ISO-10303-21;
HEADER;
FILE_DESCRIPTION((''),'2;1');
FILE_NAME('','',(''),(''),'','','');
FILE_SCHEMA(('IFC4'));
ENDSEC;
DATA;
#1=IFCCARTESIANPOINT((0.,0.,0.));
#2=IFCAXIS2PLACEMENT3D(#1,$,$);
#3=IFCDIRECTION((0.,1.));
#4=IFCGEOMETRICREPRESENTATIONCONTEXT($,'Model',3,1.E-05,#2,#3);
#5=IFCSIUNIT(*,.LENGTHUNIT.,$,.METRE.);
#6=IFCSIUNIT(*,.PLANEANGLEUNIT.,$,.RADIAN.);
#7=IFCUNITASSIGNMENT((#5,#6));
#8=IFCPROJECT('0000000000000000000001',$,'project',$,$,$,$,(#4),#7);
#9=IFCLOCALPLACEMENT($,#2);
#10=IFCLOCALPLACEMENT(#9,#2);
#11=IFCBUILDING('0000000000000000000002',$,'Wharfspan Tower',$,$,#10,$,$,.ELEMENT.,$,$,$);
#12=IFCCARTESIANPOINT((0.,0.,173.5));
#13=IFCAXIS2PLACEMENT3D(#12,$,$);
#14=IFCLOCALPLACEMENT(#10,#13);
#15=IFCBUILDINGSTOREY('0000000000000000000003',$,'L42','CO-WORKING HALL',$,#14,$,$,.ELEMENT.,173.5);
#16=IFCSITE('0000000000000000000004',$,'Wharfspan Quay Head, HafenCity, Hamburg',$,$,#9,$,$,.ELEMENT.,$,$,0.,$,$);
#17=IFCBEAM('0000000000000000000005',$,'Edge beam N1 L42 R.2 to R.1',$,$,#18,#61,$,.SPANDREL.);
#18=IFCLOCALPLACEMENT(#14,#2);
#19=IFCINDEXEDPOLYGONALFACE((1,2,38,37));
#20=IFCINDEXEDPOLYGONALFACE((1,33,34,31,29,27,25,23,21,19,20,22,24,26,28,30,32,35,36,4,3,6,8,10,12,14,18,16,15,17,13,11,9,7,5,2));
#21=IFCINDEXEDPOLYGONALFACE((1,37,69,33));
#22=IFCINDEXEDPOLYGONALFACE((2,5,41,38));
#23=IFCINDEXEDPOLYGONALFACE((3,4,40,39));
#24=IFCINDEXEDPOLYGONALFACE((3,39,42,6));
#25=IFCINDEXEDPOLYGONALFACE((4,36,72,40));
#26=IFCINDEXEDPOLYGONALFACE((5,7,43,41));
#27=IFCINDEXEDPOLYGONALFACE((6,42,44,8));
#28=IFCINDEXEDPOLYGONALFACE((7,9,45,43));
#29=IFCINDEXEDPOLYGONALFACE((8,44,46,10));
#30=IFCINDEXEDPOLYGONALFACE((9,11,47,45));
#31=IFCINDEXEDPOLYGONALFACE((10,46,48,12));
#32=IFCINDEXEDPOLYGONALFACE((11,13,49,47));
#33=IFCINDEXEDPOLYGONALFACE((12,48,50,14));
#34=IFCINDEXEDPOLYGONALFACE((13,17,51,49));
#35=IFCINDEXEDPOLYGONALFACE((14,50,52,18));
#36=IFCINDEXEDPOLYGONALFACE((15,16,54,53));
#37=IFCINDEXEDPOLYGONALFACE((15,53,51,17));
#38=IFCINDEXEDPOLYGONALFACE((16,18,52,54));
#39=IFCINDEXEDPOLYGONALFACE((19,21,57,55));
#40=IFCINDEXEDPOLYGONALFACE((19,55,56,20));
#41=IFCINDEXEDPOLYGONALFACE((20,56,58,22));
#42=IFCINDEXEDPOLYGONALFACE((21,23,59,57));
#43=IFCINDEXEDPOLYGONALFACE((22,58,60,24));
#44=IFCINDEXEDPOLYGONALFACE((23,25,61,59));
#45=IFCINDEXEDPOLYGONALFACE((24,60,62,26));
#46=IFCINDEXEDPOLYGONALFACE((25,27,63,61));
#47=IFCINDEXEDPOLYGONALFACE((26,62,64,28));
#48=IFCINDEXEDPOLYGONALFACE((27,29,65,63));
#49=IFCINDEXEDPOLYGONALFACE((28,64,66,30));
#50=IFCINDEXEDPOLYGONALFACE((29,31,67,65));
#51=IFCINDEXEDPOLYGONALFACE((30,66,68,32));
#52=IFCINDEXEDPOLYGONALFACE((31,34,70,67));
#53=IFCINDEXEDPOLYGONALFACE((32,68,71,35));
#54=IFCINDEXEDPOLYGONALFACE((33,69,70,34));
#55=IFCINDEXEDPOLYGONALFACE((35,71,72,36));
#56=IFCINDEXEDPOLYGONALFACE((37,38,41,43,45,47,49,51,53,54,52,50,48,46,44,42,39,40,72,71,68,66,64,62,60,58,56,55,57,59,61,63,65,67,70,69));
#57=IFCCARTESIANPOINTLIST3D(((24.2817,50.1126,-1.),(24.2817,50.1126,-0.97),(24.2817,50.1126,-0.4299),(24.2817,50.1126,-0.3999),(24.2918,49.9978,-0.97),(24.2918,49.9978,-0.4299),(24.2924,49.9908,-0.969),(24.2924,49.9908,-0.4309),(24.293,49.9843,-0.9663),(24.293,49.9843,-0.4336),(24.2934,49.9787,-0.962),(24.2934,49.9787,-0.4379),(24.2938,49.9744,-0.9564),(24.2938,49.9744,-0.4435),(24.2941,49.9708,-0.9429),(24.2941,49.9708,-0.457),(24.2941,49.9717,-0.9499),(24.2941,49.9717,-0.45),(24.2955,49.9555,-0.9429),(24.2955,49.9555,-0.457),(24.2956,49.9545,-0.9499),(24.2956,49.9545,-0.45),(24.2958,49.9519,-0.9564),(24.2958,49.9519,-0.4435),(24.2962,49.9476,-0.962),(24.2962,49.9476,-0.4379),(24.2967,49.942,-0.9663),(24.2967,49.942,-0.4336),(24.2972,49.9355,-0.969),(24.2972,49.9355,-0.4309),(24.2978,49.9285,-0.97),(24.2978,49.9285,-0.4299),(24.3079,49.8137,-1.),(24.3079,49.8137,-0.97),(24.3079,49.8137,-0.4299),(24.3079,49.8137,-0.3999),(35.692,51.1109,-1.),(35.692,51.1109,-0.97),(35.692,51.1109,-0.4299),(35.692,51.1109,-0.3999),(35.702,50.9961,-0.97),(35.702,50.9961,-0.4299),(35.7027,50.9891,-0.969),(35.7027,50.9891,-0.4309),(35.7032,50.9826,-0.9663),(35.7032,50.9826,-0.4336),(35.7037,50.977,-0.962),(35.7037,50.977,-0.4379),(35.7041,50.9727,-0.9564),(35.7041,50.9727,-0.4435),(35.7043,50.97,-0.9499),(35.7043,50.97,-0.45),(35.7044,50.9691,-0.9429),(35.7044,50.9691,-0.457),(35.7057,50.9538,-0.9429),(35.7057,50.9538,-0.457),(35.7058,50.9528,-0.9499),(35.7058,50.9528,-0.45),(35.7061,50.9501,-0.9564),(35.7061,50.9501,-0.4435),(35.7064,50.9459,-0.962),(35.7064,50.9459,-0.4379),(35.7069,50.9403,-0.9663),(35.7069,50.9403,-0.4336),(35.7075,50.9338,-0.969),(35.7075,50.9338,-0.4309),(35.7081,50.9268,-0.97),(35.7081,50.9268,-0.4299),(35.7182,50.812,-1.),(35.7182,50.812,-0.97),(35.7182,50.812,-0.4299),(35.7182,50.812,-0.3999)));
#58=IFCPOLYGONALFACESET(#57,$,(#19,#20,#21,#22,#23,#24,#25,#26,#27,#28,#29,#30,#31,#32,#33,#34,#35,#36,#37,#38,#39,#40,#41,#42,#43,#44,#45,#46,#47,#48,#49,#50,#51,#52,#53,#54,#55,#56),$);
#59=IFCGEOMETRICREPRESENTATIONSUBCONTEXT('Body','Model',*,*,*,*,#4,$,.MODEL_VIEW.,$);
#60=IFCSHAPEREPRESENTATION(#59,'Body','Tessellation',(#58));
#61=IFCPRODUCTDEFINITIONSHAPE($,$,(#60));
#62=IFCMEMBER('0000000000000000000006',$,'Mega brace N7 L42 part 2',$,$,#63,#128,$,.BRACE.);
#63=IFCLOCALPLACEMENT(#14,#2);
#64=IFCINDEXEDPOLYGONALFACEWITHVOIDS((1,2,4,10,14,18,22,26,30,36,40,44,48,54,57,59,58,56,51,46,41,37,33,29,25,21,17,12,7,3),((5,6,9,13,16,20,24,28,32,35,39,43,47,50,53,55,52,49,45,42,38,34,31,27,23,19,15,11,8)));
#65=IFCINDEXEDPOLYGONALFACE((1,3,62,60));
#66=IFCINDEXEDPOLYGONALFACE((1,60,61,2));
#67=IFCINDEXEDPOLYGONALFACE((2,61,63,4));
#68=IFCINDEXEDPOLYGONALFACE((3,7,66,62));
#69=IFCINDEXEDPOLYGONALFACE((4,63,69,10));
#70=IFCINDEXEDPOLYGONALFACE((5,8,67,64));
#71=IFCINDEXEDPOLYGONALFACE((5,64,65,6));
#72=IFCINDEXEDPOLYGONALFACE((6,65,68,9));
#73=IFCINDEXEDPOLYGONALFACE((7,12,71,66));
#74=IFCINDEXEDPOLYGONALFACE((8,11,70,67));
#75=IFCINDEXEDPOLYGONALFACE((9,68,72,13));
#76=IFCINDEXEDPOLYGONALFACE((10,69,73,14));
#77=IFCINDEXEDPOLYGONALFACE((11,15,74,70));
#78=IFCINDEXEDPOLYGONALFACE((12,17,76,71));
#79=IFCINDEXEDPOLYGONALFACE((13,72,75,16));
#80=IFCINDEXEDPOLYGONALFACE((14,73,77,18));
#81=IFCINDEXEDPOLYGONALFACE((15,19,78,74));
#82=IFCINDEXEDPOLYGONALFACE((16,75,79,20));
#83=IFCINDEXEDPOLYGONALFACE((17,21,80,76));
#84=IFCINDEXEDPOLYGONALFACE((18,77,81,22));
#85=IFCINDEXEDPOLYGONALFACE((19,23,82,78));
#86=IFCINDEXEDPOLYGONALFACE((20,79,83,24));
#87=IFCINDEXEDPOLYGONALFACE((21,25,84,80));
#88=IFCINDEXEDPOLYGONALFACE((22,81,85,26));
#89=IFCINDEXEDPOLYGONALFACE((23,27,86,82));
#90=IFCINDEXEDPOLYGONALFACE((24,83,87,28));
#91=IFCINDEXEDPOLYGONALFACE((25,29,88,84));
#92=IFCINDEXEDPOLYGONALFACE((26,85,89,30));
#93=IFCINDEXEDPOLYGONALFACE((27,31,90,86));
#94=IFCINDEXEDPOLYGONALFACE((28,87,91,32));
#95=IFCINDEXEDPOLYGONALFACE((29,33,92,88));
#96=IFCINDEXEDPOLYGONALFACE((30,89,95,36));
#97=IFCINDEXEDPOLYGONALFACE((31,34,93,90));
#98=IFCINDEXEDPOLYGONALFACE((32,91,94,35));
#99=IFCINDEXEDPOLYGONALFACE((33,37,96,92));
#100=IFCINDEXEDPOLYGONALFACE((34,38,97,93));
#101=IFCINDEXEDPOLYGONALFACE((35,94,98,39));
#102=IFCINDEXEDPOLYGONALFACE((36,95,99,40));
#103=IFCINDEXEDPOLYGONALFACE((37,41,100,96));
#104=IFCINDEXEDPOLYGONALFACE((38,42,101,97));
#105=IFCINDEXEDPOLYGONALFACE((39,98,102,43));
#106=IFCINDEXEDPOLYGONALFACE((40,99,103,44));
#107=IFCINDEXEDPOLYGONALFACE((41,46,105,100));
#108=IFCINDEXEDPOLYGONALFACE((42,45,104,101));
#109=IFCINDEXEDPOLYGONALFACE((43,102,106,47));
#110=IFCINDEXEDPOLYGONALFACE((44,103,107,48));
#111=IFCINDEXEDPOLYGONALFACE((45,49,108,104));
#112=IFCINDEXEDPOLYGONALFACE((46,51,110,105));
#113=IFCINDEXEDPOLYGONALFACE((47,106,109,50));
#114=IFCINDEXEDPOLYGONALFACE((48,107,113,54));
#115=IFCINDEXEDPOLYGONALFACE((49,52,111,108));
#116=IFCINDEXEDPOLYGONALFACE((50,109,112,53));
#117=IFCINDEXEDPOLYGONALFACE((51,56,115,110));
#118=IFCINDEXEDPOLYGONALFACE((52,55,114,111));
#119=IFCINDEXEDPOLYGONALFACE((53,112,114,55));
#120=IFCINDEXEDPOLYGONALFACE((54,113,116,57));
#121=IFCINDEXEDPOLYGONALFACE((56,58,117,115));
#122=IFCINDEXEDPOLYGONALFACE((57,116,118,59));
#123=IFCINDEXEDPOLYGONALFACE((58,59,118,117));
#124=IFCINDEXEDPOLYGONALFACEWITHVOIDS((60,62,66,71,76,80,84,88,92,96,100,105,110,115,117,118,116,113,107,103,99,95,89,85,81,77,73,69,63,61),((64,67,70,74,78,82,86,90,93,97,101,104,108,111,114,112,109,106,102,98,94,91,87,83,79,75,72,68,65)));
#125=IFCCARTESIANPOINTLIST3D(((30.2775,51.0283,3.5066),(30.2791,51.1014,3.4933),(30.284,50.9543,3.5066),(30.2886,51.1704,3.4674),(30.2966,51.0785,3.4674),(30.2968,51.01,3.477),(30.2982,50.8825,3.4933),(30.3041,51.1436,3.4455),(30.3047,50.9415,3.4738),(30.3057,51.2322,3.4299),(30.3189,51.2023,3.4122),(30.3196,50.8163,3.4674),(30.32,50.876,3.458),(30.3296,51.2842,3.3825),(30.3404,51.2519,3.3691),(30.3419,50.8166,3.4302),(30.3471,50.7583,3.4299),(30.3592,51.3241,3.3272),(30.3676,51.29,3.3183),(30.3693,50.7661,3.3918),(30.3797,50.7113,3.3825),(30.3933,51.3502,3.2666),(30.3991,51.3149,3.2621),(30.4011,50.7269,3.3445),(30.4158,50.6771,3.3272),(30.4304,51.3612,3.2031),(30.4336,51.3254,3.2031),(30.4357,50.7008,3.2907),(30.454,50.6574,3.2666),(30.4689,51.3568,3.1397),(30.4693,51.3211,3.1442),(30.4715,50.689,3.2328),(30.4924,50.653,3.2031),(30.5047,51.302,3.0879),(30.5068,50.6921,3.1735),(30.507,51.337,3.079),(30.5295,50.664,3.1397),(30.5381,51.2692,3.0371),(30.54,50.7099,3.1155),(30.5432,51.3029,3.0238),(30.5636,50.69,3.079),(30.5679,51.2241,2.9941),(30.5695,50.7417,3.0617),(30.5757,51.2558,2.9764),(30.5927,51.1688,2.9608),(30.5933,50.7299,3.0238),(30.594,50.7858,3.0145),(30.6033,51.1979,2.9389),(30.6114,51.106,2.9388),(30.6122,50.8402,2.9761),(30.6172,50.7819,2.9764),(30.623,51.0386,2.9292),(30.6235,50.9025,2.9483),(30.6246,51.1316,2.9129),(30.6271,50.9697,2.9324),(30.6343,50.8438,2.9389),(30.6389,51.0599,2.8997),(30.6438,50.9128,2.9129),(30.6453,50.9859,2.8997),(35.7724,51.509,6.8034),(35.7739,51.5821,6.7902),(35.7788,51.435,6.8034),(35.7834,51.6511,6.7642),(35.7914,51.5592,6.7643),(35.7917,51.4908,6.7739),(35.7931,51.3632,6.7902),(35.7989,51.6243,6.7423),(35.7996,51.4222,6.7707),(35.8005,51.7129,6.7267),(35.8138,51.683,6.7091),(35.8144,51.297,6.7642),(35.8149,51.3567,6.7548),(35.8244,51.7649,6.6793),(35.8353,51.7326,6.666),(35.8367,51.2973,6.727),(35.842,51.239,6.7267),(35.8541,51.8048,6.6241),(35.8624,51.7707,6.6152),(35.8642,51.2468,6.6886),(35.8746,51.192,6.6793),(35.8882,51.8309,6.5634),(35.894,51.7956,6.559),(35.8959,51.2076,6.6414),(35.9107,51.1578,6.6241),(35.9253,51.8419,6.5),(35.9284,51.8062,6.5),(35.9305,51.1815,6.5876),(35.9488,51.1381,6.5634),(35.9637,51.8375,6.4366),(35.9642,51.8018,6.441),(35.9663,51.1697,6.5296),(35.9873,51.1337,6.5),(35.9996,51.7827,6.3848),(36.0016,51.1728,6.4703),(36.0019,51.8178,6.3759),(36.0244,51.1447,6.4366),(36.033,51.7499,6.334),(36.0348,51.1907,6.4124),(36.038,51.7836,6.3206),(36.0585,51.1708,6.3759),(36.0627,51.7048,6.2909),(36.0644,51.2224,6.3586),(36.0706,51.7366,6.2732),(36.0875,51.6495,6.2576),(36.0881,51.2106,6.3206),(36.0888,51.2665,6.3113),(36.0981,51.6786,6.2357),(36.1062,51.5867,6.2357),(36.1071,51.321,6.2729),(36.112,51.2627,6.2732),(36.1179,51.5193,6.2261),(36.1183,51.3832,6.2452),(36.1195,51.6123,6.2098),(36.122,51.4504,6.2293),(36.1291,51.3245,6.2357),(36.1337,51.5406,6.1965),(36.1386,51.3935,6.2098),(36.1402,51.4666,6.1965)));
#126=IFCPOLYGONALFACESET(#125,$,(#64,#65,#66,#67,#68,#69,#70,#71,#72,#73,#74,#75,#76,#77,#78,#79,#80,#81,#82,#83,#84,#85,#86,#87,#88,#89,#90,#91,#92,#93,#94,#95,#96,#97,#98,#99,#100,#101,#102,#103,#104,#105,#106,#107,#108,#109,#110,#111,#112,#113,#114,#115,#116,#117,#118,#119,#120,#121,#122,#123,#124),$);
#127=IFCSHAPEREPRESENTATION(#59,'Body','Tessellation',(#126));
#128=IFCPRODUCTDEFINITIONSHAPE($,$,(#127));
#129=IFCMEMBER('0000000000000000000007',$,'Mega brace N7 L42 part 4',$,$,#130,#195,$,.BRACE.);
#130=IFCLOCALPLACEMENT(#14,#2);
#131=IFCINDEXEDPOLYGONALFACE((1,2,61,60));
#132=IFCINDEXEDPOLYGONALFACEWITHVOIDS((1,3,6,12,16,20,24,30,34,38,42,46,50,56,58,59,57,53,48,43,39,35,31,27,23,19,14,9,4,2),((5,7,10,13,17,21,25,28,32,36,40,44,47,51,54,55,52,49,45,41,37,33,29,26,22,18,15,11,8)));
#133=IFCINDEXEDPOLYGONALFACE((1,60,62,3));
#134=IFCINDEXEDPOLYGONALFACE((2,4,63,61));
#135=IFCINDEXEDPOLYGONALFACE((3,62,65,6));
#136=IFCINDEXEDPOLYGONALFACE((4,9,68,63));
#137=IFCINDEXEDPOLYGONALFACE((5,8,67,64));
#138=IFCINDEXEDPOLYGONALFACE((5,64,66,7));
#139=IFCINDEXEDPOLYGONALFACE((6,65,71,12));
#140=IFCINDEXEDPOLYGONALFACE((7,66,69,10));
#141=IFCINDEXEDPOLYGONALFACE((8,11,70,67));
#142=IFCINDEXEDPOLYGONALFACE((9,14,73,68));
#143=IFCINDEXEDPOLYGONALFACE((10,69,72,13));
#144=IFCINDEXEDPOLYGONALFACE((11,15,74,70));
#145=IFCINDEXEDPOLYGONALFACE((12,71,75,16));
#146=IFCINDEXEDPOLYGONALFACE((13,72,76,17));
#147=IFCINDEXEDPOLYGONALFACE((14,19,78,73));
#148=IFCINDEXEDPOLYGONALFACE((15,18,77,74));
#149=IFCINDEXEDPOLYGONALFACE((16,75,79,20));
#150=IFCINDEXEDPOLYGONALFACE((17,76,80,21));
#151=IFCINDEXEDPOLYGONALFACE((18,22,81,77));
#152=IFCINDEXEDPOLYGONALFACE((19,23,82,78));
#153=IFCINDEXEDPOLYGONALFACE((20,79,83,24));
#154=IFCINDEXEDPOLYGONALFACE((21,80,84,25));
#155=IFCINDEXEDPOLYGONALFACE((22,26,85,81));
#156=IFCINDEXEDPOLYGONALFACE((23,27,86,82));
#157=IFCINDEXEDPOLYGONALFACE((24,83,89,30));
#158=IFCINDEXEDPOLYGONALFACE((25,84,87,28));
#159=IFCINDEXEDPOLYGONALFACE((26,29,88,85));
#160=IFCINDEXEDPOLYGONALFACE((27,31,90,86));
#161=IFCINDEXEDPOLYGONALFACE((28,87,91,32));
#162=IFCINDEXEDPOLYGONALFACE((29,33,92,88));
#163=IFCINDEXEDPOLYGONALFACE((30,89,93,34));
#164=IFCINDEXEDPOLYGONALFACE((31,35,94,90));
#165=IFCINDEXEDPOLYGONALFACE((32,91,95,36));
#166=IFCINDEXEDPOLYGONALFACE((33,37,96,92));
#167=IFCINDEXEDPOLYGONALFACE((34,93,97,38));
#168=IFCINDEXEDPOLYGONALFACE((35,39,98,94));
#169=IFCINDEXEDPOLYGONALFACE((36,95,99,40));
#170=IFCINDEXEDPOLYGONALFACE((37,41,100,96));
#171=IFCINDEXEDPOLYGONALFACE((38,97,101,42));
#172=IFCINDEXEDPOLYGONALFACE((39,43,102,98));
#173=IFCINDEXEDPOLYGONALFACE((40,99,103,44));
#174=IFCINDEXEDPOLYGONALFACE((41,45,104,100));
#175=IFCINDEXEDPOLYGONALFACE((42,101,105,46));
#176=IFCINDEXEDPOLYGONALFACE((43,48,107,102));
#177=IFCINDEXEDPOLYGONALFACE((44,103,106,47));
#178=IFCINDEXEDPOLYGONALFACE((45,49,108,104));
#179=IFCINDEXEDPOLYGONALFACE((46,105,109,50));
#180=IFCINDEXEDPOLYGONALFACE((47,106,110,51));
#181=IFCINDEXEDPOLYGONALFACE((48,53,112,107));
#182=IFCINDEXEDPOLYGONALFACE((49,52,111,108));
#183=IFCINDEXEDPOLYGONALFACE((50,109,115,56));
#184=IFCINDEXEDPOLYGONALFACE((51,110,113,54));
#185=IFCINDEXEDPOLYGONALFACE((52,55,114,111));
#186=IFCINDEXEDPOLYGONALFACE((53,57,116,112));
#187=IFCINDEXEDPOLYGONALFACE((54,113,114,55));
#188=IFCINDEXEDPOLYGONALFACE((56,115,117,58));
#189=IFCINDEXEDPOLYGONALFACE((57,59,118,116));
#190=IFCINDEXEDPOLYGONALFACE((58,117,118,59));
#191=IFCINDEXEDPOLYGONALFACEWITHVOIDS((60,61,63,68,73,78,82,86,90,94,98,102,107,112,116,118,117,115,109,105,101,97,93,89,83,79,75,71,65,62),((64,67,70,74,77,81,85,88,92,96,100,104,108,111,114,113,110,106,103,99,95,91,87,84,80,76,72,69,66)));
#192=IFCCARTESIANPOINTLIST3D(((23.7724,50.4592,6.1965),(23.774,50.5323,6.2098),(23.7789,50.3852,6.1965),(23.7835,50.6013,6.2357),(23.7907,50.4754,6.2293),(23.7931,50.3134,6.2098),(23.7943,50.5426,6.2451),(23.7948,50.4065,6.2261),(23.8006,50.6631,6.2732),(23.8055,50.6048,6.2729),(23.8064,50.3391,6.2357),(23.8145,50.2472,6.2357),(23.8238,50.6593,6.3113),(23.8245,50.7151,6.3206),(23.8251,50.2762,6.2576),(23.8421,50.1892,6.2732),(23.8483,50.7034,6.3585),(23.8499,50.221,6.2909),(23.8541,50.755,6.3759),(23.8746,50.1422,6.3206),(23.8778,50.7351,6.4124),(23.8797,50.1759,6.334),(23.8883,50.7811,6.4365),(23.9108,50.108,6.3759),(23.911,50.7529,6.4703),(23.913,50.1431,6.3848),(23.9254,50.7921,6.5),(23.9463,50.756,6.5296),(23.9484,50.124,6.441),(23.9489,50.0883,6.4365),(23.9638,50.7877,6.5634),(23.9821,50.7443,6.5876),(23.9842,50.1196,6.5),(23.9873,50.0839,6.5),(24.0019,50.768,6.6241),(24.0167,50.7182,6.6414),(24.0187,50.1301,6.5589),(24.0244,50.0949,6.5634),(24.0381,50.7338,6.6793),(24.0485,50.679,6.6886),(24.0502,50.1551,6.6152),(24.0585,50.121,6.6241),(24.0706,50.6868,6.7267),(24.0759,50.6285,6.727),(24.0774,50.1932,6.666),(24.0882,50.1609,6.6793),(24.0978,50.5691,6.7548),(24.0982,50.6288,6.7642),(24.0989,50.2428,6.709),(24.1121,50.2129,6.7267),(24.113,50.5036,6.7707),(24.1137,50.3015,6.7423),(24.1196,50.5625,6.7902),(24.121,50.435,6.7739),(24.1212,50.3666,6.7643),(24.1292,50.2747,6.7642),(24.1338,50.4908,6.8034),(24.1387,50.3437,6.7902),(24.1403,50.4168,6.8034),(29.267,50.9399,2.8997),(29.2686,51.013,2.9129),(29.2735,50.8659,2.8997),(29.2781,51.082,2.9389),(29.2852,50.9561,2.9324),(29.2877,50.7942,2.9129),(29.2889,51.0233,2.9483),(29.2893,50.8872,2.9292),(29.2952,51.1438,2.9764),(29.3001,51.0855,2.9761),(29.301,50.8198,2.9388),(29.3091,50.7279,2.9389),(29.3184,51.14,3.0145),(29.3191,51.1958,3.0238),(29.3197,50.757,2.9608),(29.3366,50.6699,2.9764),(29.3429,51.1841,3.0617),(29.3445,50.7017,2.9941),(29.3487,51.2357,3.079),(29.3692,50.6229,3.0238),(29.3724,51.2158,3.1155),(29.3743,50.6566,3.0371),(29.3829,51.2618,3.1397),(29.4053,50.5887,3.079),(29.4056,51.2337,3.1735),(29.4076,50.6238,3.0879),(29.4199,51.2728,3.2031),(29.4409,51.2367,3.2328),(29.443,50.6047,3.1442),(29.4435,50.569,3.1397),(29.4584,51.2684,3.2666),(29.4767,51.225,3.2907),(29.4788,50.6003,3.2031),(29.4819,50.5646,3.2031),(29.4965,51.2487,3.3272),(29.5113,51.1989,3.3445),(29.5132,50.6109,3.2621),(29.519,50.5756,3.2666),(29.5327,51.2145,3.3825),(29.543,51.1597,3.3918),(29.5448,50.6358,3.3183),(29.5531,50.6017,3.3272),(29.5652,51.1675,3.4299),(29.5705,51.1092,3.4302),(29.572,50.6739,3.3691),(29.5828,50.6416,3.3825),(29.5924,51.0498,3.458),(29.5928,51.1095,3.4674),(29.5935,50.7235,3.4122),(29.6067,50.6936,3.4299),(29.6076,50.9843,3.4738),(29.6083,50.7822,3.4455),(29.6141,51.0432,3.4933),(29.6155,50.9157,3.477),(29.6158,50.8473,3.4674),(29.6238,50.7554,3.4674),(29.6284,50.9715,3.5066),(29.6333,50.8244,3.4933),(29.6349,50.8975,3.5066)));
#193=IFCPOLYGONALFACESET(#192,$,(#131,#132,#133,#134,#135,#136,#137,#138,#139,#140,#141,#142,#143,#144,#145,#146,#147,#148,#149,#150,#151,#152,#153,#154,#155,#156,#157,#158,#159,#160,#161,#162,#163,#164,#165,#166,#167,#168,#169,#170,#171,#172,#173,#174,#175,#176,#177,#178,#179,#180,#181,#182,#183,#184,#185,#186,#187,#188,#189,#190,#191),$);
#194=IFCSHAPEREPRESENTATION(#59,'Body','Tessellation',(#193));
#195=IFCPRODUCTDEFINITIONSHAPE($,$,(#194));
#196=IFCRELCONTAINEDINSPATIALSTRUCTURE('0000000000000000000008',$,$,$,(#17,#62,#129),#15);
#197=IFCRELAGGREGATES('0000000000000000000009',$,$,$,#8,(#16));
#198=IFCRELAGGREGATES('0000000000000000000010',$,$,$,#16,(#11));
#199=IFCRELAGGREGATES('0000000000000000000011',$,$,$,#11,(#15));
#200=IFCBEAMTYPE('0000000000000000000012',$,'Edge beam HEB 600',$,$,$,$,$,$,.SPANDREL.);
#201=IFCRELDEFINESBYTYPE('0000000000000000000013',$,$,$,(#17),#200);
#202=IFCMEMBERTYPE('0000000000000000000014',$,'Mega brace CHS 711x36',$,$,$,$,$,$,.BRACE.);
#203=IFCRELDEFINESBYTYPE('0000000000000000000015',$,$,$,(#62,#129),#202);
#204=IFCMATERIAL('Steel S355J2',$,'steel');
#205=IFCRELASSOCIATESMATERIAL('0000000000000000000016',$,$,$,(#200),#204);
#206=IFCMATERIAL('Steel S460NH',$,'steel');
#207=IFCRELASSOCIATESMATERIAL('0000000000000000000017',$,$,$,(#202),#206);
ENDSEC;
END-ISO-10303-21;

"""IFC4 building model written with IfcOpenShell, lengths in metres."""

from ifc_helpers import new_model, si_unit, direction, frame, origin, origin_2d, place, context, subcontext, project, spatial, hollow_circle, i_section, extrude, material, material_profile, profile_set, type_object, element, save


model = new_model("IFC4")

# Units and contexts
model_context = context("Model", 3, precision=1e-05, world=origin(), true_north=direction((0.0, 1.0)))
body_context = subcontext(model_context, "Body", "Model", "MODEL_VIEW")
ifc_project = project(units=[si_unit("LENGTHUNIT", "METRE"), si_unit("PLANEANGLEUNIT", "RADIAN")], contexts=[model_context])

# Site, building, storey
site_placement = place(None, origin())
site = spatial("IfcSite", under=ifc_project, at=site_placement, Name="Wharfspan Quay Head, HafenCity, Hamburg", CompositionType="ELEMENT", RefElevation=0.0)
building_placement = place(site_placement, origin())
building = spatial("IfcBuilding", under=site, at=building_placement, Name="Wharfspan Tower", CompositionType="ELEMENT")
storey_placement = place(building_placement, frame((0.0, 0.0, 173.5)))
storey = spatial("IfcBuildingStorey", under=building, at=storey_placement, Name="L42", Description="CO-WORKING HALL", CompositionType="ELEMENT", Elevation=173.5)

# Beam
ifc_material_1 = material(Name="Steel S355J2", Category="steel")
ifc_material_profile_1 = material_profile(ifc_material_1, i_section(OverallWidth=0.3, OverallDepth=0.6001, WebThickness=0.0154, FlangeThickness=0.03, FilletRadius=0.0271, at=origin_2d()))
ifc_profile_set_1 = profile_set([ifc_material_profile_1], Name="Steel S355J2")
beam_type = type_object("IfcBeamType", Name="Edge beam HEB 600", PredefinedType="SPANDREL", material=ifc_profile_set_1)
beam_placement = place(storey_placement, frame((35.7051, 50.9614, -0.7), z_axis=(-0.996194, -0.087158, 0.0), x_axis=(0.087158, -0.996194, 0.0)))
element("IfcBeam", 1, at=beam_placement, inside=storey, type_object=beam_type, Name="Edge beam N1 L42 R.2 to R.1", PredefinedType="SPANDREL", context=body_context, shape_type="SweptSolid", body=[
    extrude(i_section(OverallWidth=0.3, OverallDepth=0.6001, WebThickness=0.0154, FlangeThickness=0.03, FilletRadius=0.0271, at=origin_2d()), origin(), (0.0, 0.0, 1.0), 11.4539),
])

# Members
ifc_material_2 = material(Name="Steel S460NH", Category="steel")
ifc_material_profile_2 = material_profile(ifc_material_2, hollow_circle(Radius=0.3555, WallThickness=0.0359, at=origin_2d()))
ifc_profile_set_2 = profile_set([ifc_material_profile_2], Name="Steel S460NH")
member_type = type_object("IfcMemberType", Name="Mega brace CHS 711x36", PredefinedType="BRACE", material=ifc_profile_set_2)
member_1_placement = place(storey_placement, frame((30.4614, 51.0071, 3.2031), z_axis=(0.855094, 0.074807, 0.513049), x_axis=(-0.087152, 0.996192, 0.000002)))
element("IfcMember", 2, at=member_1_placement, inside=storey, type_object=member_type, Name="Mega brace N7 L42 part 2", PredefinedType="BRACE", context=body_context, shape_type="SweptSolid", body=[
    extrude(hollow_circle(Radius=0.3555, WallThickness=0.0359, at=origin_2d()), origin(), (0.0, 0.0, 1.0), 6.426),
])
member_2_placement = place(storey_placement, frame((29.4509, 50.9187, 3.2031), z_axis=(-0.855083, -0.074809, 0.513065), x_axis=(0.087154, -0.996196, -0.000001)))
element("IfcMember", 3, at=member_2_placement, inside=storey, type_object=member_type, Name="Mega brace N7 L42 part 4", PredefinedType="BRACE", context=body_context, shape_type="SweptSolid", body=[
    extrude(hollow_circle(Radius=0.3555, WallThickness=0.0359, at=origin_2d()), origin(), (0.0, 0.0, 1.0), 6.4258),
])

save(model, "model.ifc")
